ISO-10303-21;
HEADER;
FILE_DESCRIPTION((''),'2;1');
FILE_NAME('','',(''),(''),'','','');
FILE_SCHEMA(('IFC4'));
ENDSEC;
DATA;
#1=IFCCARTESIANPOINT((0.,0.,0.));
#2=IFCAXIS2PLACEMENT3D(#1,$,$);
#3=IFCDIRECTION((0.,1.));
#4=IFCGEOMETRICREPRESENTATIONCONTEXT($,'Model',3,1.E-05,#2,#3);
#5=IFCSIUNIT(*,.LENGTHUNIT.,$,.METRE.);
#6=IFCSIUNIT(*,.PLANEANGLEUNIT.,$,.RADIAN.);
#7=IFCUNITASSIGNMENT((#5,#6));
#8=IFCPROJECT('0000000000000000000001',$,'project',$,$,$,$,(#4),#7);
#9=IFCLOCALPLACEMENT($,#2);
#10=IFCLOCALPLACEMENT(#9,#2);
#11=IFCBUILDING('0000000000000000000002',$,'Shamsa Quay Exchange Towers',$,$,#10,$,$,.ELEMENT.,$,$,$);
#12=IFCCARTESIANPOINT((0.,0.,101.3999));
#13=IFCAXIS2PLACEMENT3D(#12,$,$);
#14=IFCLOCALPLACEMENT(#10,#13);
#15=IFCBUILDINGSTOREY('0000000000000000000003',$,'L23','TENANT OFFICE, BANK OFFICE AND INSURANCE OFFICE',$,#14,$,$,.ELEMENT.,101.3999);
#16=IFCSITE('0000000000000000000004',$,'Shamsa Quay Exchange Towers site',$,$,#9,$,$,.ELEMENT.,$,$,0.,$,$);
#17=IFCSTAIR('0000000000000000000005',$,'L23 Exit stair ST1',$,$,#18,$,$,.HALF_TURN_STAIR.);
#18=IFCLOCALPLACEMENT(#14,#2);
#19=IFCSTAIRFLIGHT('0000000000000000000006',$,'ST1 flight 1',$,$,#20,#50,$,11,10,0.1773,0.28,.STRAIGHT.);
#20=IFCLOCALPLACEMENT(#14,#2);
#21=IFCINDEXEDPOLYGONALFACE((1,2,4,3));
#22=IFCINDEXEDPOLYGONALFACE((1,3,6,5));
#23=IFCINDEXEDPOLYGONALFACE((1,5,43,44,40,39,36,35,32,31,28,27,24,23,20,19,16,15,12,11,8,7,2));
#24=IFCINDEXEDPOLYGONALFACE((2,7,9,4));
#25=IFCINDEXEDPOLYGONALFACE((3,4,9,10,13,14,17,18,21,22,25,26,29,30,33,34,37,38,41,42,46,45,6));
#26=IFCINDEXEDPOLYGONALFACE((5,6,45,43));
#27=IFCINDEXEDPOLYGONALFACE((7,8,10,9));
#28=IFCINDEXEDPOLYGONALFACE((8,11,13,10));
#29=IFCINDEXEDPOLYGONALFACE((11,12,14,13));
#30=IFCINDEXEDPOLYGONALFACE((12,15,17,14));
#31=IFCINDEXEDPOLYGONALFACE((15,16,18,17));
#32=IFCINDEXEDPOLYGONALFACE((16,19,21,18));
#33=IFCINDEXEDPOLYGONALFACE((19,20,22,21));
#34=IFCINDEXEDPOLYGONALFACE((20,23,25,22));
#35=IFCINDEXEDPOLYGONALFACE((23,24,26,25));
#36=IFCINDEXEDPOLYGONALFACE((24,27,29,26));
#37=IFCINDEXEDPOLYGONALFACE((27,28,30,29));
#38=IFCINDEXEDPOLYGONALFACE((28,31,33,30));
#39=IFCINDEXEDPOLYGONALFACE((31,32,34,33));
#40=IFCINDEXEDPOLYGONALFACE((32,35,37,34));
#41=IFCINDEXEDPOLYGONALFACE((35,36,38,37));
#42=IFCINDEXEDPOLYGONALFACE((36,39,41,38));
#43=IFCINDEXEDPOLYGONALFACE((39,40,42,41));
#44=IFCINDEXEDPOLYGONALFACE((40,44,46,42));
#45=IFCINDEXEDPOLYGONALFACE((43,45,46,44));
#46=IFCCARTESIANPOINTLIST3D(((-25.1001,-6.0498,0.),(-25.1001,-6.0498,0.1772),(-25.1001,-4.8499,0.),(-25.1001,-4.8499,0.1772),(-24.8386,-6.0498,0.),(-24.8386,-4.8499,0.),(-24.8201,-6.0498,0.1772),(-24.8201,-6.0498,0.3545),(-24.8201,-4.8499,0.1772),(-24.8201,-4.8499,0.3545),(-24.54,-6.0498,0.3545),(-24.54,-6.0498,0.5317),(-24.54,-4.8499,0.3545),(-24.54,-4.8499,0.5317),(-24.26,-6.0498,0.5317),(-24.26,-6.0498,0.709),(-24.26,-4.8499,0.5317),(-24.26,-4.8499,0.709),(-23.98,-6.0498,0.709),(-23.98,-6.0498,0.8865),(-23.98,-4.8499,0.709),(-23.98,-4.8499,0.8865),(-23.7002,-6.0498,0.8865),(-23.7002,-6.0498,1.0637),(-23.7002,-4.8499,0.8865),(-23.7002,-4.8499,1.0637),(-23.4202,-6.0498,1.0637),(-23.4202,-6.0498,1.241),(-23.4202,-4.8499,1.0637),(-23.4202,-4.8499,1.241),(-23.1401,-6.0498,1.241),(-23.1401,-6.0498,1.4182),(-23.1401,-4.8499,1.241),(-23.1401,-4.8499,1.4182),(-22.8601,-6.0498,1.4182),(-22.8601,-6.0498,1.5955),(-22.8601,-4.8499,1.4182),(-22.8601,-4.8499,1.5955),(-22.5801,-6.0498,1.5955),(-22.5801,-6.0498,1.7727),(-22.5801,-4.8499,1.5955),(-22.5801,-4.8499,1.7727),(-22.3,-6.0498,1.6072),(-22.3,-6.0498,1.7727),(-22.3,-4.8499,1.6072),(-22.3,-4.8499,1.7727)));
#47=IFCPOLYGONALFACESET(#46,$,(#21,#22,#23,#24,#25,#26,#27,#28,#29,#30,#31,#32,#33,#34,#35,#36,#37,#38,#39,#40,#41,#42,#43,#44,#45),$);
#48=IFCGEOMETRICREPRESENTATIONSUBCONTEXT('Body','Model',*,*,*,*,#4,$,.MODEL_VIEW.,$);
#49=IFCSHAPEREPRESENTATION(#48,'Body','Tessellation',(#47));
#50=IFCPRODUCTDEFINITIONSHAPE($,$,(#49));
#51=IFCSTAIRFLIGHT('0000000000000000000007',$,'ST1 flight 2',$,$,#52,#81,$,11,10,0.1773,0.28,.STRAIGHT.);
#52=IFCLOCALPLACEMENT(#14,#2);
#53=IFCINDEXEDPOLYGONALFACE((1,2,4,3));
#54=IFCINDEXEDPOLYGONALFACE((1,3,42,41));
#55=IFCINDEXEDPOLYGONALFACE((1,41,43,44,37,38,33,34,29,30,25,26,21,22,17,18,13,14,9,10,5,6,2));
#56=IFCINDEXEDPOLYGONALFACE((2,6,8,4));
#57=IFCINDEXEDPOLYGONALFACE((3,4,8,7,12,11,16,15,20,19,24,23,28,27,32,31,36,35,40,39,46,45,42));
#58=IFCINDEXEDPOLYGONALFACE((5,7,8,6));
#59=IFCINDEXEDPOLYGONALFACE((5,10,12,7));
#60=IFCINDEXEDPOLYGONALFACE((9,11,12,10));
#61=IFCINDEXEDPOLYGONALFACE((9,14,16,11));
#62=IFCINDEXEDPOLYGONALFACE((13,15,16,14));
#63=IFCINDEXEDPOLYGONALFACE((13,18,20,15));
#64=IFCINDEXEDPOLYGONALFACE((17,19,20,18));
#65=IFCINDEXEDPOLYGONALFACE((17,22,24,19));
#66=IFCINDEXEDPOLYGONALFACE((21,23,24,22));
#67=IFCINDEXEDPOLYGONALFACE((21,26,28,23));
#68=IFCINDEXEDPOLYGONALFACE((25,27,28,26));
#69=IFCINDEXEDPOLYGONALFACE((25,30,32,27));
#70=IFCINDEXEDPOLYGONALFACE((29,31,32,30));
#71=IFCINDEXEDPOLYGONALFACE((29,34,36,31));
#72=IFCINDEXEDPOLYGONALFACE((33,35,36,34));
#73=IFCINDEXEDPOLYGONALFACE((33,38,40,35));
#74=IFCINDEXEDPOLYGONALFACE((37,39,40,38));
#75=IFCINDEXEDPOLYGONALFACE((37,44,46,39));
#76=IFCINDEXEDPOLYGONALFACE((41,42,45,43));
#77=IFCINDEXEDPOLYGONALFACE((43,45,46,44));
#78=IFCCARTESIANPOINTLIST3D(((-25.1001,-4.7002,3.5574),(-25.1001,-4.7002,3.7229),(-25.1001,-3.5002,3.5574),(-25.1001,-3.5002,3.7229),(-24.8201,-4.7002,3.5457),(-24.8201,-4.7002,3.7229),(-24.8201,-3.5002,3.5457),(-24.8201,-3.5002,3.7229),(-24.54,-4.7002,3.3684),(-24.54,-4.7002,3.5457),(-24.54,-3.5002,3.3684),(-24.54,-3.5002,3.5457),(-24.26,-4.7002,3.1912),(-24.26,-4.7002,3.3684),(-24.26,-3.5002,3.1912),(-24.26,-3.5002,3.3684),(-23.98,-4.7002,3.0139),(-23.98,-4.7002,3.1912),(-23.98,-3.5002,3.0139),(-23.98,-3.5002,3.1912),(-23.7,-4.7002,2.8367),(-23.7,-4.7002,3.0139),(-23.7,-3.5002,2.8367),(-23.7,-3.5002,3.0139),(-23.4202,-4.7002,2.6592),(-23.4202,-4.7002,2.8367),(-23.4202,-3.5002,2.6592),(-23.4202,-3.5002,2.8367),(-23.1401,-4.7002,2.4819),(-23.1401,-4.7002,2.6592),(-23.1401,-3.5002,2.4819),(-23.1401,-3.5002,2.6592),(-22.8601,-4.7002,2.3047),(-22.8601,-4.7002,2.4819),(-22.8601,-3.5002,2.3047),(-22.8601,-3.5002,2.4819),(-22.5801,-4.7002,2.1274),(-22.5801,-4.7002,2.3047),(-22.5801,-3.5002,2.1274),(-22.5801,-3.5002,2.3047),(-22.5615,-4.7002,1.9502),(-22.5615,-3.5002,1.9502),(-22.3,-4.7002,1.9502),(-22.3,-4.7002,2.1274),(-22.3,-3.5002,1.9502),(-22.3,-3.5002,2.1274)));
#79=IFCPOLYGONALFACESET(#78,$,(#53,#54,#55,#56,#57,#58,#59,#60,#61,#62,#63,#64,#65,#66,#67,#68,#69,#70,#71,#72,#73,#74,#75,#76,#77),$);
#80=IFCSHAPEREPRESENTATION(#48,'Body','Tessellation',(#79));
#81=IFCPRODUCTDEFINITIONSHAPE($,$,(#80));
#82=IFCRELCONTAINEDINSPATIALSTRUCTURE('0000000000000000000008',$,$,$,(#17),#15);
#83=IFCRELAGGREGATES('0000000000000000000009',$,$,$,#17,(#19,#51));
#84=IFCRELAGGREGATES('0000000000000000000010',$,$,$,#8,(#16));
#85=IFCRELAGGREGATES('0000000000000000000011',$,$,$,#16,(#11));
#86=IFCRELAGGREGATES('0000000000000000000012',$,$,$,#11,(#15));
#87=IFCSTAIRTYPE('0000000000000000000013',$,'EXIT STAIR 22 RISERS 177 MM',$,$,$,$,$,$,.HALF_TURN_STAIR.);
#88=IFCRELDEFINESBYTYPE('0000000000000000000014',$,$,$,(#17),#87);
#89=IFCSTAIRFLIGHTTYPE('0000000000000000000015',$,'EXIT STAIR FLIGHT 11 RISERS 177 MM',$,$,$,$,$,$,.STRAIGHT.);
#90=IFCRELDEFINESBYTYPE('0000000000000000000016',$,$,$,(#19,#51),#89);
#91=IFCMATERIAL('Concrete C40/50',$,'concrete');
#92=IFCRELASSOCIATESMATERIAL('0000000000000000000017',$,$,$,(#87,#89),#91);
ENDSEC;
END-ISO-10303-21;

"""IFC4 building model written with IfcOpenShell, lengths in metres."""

from ifc_helpers import new_model, si_unit, direction, frame, origin, place, context, subcontext, project, spatial, polyline, outline, extrude, material, type_object, element, aggregate, save


model = new_model("IFC4")

# Units and contexts
model_context = context("Model", 3, precision=1e-05, world=origin(), true_north=direction((0.0, 1.0)))
body_context = subcontext(model_context, "Body", "Model", "MODEL_VIEW")
ifc_project = project(units=[si_unit("LENGTHUNIT", "METRE"), si_unit("PLANEANGLEUNIT", "RADIAN")], contexts=[model_context])

# Site, building, storey
site_placement = place(None, origin())
site = spatial("IfcSite", under=ifc_project, at=site_placement, Name="Shamsa Quay Exchange Towers site", CompositionType="ELEMENT", RefElevation=0.0)
building_placement = place(site_placement, origin())
building = spatial("IfcBuilding", under=site, at=building_placement, Name="Shamsa Quay Exchange Towers", CompositionType="ELEMENT")
storey_placement = place(building_placement, frame((0.0, 0.0, 101.3999)))
storey = spatial("IfcBuildingStorey", under=building, at=storey_placement, Name="L23", Description="TENANT OFFICE, BANK OFFICE AND INSURANCE OFFICE", CompositionType="ELEMENT", Elevation=101.3999)

# Stair, stair flights
ifc_material_1 = material(Name="Concrete C40/50", Category="concrete")
stair_type = type_object("IfcStairType", Name="EXIT STAIR 22 RISERS 177 MM", PredefinedType="HALF_TURN_STAIR", material=ifc_material_1)
stair_placement = place(storey_placement, origin())
stair = element("IfcStair", 1, at=stair_placement, inside=storey, type_object=stair_type, Name="L23 Exit stair ST1", PredefinedType="HALF_TURN_STAIR")
stair_flight_type = type_object("IfcStairFlightType", Name="EXIT STAIR FLIGHT 11 RISERS 177 MM", PredefinedType="STRAIGHT", material=ifc_material_1)
stair_flight_1_placement = place(storey_placement, frame((-25.1001, -5.45, 0.0)))
stair_flight_1 = element("IfcStairFlight", 2, at=stair_flight_1_placement, type_object=stair_flight_type, Name="ST1 flight 1", NumberOfRisers=11, NumberOfTreads=10, PredefinedType="STRAIGHT", RiserHeight=0.1773, TreadLength=0.28, context=body_context, shape_type="SweptSolid", body=[
    extrude(outline(polyline([(0.0, 0.0), (0.0, 0.1772), (0.28, 0.1772), (0.28, 0.3545), (0.5601, 0.3545), (0.5601, 0.5317), (0.8401, 0.5317), (0.8401, 0.709), (1.1201, 0.709), (1.1201, 0.8865), (1.3999, 0.8865), (1.3999, 1.0637), (1.6799, 1.0637), (1.6799, 1.241), (1.96, 1.241), (1.96, 1.4182), (2.24, 1.4182), (2.24, 1.5955), (2.52, 1.5955), (2.52, 1.7727), (2.8, 1.7727), (2.8, 1.95), (2.8, 1.6072), (0.2615, 0.0), (0.0, 0.0)])), frame((0.0, 0.6001, 0.0), z_axis=(0.0, -1.0, 0.0), x_axis=(1.0, 0.0, 0.0)), (0.0, 0.0, 1.0), 1.2),
])
stair_flight_2_placement = place(storey_placement, frame((-22.3, -4.1001, 1.9502), z_axis=(0.0, 0.0, 1.0), x_axis=(-1.0, 0.0, 0.0)))
stair_flight_2 = element("IfcStairFlight", 3, at=stair_flight_2_placement, type_object=stair_flight_type, Name="ST1 flight 2", NumberOfRisers=11, NumberOfTreads=10, PredefinedType="STRAIGHT", RiserHeight=0.1773, TreadLength=0.28, context=body_context, shape_type="SweptSolid", body=[
    extrude(outline(polyline([(0.0, 0.0), (0.0, 0.1772), (0.28, 0.1772), (0.28, 0.3545), (0.5601, 0.3545), (0.5601, 0.5317), (0.8401, 0.5317), (0.8401, 0.709), (1.1201, 0.709), (1.1201, 0.8865), (1.3999, 0.8865), (1.3999, 1.0637), (1.6799, 1.0637), (1.6799, 1.241), (1.96, 1.241), (1.96, 1.4182), (2.24, 1.4182), (2.24, 1.5955), (2.52, 1.5955), (2.52, 1.7727), (2.8, 1.7727), (2.8, 1.95), (2.8, 1.6072), (0.2615, 0.0), (0.0, 0.0)])), frame((0.0, 0.6001, 0.0), z_axis=(0.0, -1.0, 0.0), x_axis=(1.0, 0.0, 0.0)), (0.0, 0.0, 1.0), 1.2),
])
aggregate(stair, [stair_flight_1, stair_flight_2])

save(model, "model.ifc")
